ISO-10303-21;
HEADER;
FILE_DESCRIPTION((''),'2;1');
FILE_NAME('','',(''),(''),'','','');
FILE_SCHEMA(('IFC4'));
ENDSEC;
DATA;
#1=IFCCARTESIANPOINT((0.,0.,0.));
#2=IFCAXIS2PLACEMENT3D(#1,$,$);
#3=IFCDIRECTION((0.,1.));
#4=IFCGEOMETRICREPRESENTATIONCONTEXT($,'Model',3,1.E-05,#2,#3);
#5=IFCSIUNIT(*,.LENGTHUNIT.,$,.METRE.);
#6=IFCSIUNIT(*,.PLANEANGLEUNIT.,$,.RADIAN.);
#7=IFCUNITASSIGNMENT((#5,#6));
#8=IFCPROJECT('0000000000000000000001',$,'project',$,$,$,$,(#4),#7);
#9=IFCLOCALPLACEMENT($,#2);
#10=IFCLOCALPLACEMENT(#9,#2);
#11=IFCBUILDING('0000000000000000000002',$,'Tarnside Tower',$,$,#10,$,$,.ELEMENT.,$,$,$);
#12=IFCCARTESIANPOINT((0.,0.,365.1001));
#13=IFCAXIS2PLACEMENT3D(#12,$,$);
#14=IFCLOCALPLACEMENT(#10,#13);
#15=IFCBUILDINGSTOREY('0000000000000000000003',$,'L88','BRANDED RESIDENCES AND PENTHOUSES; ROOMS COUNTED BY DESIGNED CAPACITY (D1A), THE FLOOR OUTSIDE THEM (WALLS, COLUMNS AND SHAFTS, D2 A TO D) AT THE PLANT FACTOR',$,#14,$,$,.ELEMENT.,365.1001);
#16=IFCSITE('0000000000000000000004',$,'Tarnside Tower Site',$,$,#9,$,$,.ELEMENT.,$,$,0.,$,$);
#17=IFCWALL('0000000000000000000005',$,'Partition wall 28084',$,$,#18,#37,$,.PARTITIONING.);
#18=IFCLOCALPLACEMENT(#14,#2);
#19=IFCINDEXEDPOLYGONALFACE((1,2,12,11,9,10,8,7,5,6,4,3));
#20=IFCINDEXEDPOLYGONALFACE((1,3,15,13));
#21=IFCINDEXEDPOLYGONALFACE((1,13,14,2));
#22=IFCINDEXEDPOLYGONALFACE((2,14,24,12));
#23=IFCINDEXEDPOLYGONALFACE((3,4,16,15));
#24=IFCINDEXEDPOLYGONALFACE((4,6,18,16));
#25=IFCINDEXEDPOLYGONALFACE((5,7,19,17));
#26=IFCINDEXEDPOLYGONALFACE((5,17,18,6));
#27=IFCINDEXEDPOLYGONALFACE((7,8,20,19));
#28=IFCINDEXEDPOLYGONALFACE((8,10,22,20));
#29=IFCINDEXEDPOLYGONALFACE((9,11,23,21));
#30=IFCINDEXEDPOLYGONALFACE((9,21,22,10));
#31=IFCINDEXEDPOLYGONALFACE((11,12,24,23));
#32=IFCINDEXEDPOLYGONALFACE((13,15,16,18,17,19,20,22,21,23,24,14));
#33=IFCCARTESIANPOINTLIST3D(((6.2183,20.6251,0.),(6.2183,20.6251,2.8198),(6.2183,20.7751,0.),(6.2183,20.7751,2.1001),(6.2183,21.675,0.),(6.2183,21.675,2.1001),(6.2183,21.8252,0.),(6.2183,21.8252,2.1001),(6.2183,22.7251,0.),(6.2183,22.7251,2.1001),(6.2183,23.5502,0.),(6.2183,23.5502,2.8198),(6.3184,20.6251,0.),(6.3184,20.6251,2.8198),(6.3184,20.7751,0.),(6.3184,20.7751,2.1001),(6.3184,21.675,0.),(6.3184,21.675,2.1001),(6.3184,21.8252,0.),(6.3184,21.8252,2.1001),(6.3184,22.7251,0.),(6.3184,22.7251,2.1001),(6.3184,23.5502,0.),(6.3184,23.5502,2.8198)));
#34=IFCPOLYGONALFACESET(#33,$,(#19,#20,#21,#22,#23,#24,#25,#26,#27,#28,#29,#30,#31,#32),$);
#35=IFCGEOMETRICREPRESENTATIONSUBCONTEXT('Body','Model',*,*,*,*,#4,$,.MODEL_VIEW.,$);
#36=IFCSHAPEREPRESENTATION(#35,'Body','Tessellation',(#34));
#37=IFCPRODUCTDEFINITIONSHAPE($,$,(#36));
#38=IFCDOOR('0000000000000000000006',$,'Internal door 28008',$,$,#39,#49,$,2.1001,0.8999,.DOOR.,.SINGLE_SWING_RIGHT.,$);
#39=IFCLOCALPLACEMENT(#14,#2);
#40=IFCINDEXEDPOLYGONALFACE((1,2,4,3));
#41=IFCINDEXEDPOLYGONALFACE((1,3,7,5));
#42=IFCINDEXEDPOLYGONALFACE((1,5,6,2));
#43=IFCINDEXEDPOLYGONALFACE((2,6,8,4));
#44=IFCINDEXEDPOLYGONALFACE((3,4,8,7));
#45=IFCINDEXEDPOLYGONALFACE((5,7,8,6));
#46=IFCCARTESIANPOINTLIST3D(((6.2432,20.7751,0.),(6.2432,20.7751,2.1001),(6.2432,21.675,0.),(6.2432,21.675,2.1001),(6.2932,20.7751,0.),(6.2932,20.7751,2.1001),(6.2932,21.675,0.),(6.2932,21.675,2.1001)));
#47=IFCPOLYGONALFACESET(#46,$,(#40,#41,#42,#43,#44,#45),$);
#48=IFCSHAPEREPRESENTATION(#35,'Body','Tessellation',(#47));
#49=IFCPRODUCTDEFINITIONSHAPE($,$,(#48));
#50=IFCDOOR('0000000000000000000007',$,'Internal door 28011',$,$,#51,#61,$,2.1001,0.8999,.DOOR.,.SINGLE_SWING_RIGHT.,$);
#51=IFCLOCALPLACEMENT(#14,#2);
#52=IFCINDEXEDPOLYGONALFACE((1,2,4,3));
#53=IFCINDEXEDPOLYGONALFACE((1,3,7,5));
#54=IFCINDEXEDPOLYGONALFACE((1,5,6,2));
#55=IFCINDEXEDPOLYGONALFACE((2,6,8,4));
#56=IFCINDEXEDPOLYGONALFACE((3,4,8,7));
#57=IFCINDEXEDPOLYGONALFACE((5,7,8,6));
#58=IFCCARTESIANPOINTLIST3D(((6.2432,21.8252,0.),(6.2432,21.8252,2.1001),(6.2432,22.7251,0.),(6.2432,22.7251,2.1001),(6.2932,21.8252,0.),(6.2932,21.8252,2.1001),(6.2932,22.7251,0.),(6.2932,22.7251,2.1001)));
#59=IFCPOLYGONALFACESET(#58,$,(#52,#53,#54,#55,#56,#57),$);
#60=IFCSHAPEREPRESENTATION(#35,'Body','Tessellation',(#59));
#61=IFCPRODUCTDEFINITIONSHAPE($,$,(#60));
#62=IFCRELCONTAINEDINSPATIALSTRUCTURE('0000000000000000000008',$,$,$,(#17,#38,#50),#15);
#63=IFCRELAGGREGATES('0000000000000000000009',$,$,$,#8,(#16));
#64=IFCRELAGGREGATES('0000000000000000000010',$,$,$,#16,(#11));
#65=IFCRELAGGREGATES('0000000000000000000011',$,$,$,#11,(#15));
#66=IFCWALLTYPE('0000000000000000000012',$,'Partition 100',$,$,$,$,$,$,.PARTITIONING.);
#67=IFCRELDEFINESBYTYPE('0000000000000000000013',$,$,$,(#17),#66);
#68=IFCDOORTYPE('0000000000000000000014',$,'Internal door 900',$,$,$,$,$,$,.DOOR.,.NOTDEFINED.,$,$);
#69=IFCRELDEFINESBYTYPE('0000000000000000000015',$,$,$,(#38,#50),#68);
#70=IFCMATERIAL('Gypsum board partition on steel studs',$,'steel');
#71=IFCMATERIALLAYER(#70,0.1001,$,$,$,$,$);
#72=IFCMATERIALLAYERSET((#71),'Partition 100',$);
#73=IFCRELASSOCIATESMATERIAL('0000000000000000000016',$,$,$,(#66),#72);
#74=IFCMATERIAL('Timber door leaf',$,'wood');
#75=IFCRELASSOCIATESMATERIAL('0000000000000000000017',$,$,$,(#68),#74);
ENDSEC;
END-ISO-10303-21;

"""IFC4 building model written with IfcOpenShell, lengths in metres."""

from ifc_helpers import new_model, si_unit, direction, frame, frame_2d, origin, place, context, subcontext, project, spatial, rectangle, extrude, material, layer, layer_set, type_object, element, fill, save


model = new_model("IFC4")

# Units and contexts
model_context = context("Model", 3, precision=1e-05, world=origin(), true_north=direction((0.0, 1.0)))
body_context = subcontext(model_context, "Body", "Model", "MODEL_VIEW")
ifc_project = project(units=[si_unit("LENGTHUNIT", "METRE"), si_unit("PLANEANGLEUNIT", "RADIAN")], contexts=[model_context])

# Site, building, storey
site_placement = place(None, origin())
site = spatial("IfcSite", under=ifc_project, at=site_placement, Name="Tarnside Tower Site", CompositionType="ELEMENT", RefElevation=0.0)
building_placement = place(site_placement, origin())
building = spatial("IfcBuilding", under=site, at=building_placement, Name="Tarnside Tower", CompositionType="ELEMENT")
storey_placement = place(building_placement, frame((0.0, 0.0, 365.1001)))
storey = spatial("IfcBuildingStorey", under=building, at=storey_placement, Name="L88", Description="BRANDED RESIDENCES AND PENTHOUSES; ROOMS COUNTED BY DESIGNED CAPACITY (D1A), THE FLOOR OUTSIDE THEM (WALLS, COLUMNS AND SHAFTS, D2 A TO D) AT THE PLANT FACTOR", CompositionType="ELEMENT", Elevation=365.1001)

# Shared definitions
ifc_material_1 = material(Name="Gypsum board partition on steel studs", Category="steel")

# Wall, openings, doors
ifc_layer_1 = layer(ifc_material_1, 0.1001)
ifc_layer_set_1 = layer_set([ifc_layer_1], Name="Partition 100")
wall_type_1 = type_object("IfcWallType", Name="Partition 100", PredefinedType="PARTITIONING", material=ifc_layer_set_1)
wall_1_placement = place(storey_placement, frame((6.2683, 23.55, 0.0), z_axis=(0.0, 0.0, 1.0), x_axis=(0.0, -1.0, 0.0)))
wall_1 = element("IfcWall", 1, at=wall_1_placement, inside=storey, type_object=wall_type_1, Name="Partition wall 28084", PredefinedType="PARTITIONING", context=body_context, shape_type="SweptSolid", body=[
    extrude(rectangle(XDim=2.925, YDim=0.1001, at=frame_2d((1.4624, 0.0))), origin(), (0.0, 0.0, 1.0), 2.8198),
])
opening_1_placement = place(wall_1_placement, frame((1.875, 0.0, 0.0)))
opening_1 = element("IfcOpeningElement", 2, at=opening_1_placement, cuts=wall_1, PredefinedType="OPENING", context=body_context, shape_type="SweptSolid", body=[
    extrude(rectangle(XDim=0.8999, YDim=2.1001, at=frame_2d((0.45, 1.05))), frame((0.0, 0.0601, 0.0), z_axis=(0.0, -1.0, 0.0), x_axis=(1.0, 0.0, 0.0)), (0.0, 0.0, 1.0), 0.1201),
])
opening_2_placement = place(wall_1_placement, frame((0.825, 0.0, 0.0)))
opening_2 = element("IfcOpeningElement", 3, at=opening_2_placement, cuts=wall_1, PredefinedType="OPENING", context=body_context, shape_type="SweptSolid", body=[
    extrude(rectangle(XDim=0.8999, YDim=2.1001, at=frame_2d((0.45, 1.05))), frame((0.0, 0.0601, 0.0), z_axis=(0.0, -1.0, 0.0), x_axis=(1.0, 0.0, 0.0)), (0.0, 0.0, 1.0), 0.1201),
])
ifc_material_2 = material(Name="Timber door leaf", Category="wood")
door_type = type_object("IfcDoorType", Name="Internal door 900", OperationType="NOTDEFINED", PredefinedType="DOOR", material=ifc_material_2)
door_1_placement = place(opening_1_placement, origin())
door_1 = element("IfcDoor", 4, at=door_1_placement, inside=storey, type_object=door_type, Name="Internal door 28008", OperationType="SINGLE_SWING_RIGHT", OverallHeight=2.1001, OverallWidth=0.8999, PredefinedType="DOOR", context=body_context, shape_type="SweptSolid", body=[
    extrude(rectangle(XDim=0.8999, YDim=2.1001, at=frame_2d((0.45, 1.05))), frame((0.0, 0.0249, 0.0), z_axis=(0.0, -1.0, 0.0), x_axis=(1.0, 0.0, 0.0)), (0.0, 0.0, 1.0), 0.05),
])
fill(opening_1, door_1)
door_2_placement = place(opening_2_placement, origin())
door_2 = element("IfcDoor", 5, at=door_2_placement, inside=storey, type_object=door_type, Name="Internal door 28011", OperationType="SINGLE_SWING_RIGHT", OverallHeight=2.1001, OverallWidth=0.8999, PredefinedType="DOOR", context=body_context, shape_type="SweptSolid", body=[
    extrude(rectangle(XDim=0.8999, YDim=2.1001, at=frame_2d((0.45, 1.05))), frame((0.0, 0.0249, 0.0), z_axis=(0.0, -1.0, 0.0), x_axis=(1.0, 0.0, 0.0)), (0.0, 0.0, 1.0), 0.05),
])
fill(opening_2, door_2)

save(model, "model.ifc")
